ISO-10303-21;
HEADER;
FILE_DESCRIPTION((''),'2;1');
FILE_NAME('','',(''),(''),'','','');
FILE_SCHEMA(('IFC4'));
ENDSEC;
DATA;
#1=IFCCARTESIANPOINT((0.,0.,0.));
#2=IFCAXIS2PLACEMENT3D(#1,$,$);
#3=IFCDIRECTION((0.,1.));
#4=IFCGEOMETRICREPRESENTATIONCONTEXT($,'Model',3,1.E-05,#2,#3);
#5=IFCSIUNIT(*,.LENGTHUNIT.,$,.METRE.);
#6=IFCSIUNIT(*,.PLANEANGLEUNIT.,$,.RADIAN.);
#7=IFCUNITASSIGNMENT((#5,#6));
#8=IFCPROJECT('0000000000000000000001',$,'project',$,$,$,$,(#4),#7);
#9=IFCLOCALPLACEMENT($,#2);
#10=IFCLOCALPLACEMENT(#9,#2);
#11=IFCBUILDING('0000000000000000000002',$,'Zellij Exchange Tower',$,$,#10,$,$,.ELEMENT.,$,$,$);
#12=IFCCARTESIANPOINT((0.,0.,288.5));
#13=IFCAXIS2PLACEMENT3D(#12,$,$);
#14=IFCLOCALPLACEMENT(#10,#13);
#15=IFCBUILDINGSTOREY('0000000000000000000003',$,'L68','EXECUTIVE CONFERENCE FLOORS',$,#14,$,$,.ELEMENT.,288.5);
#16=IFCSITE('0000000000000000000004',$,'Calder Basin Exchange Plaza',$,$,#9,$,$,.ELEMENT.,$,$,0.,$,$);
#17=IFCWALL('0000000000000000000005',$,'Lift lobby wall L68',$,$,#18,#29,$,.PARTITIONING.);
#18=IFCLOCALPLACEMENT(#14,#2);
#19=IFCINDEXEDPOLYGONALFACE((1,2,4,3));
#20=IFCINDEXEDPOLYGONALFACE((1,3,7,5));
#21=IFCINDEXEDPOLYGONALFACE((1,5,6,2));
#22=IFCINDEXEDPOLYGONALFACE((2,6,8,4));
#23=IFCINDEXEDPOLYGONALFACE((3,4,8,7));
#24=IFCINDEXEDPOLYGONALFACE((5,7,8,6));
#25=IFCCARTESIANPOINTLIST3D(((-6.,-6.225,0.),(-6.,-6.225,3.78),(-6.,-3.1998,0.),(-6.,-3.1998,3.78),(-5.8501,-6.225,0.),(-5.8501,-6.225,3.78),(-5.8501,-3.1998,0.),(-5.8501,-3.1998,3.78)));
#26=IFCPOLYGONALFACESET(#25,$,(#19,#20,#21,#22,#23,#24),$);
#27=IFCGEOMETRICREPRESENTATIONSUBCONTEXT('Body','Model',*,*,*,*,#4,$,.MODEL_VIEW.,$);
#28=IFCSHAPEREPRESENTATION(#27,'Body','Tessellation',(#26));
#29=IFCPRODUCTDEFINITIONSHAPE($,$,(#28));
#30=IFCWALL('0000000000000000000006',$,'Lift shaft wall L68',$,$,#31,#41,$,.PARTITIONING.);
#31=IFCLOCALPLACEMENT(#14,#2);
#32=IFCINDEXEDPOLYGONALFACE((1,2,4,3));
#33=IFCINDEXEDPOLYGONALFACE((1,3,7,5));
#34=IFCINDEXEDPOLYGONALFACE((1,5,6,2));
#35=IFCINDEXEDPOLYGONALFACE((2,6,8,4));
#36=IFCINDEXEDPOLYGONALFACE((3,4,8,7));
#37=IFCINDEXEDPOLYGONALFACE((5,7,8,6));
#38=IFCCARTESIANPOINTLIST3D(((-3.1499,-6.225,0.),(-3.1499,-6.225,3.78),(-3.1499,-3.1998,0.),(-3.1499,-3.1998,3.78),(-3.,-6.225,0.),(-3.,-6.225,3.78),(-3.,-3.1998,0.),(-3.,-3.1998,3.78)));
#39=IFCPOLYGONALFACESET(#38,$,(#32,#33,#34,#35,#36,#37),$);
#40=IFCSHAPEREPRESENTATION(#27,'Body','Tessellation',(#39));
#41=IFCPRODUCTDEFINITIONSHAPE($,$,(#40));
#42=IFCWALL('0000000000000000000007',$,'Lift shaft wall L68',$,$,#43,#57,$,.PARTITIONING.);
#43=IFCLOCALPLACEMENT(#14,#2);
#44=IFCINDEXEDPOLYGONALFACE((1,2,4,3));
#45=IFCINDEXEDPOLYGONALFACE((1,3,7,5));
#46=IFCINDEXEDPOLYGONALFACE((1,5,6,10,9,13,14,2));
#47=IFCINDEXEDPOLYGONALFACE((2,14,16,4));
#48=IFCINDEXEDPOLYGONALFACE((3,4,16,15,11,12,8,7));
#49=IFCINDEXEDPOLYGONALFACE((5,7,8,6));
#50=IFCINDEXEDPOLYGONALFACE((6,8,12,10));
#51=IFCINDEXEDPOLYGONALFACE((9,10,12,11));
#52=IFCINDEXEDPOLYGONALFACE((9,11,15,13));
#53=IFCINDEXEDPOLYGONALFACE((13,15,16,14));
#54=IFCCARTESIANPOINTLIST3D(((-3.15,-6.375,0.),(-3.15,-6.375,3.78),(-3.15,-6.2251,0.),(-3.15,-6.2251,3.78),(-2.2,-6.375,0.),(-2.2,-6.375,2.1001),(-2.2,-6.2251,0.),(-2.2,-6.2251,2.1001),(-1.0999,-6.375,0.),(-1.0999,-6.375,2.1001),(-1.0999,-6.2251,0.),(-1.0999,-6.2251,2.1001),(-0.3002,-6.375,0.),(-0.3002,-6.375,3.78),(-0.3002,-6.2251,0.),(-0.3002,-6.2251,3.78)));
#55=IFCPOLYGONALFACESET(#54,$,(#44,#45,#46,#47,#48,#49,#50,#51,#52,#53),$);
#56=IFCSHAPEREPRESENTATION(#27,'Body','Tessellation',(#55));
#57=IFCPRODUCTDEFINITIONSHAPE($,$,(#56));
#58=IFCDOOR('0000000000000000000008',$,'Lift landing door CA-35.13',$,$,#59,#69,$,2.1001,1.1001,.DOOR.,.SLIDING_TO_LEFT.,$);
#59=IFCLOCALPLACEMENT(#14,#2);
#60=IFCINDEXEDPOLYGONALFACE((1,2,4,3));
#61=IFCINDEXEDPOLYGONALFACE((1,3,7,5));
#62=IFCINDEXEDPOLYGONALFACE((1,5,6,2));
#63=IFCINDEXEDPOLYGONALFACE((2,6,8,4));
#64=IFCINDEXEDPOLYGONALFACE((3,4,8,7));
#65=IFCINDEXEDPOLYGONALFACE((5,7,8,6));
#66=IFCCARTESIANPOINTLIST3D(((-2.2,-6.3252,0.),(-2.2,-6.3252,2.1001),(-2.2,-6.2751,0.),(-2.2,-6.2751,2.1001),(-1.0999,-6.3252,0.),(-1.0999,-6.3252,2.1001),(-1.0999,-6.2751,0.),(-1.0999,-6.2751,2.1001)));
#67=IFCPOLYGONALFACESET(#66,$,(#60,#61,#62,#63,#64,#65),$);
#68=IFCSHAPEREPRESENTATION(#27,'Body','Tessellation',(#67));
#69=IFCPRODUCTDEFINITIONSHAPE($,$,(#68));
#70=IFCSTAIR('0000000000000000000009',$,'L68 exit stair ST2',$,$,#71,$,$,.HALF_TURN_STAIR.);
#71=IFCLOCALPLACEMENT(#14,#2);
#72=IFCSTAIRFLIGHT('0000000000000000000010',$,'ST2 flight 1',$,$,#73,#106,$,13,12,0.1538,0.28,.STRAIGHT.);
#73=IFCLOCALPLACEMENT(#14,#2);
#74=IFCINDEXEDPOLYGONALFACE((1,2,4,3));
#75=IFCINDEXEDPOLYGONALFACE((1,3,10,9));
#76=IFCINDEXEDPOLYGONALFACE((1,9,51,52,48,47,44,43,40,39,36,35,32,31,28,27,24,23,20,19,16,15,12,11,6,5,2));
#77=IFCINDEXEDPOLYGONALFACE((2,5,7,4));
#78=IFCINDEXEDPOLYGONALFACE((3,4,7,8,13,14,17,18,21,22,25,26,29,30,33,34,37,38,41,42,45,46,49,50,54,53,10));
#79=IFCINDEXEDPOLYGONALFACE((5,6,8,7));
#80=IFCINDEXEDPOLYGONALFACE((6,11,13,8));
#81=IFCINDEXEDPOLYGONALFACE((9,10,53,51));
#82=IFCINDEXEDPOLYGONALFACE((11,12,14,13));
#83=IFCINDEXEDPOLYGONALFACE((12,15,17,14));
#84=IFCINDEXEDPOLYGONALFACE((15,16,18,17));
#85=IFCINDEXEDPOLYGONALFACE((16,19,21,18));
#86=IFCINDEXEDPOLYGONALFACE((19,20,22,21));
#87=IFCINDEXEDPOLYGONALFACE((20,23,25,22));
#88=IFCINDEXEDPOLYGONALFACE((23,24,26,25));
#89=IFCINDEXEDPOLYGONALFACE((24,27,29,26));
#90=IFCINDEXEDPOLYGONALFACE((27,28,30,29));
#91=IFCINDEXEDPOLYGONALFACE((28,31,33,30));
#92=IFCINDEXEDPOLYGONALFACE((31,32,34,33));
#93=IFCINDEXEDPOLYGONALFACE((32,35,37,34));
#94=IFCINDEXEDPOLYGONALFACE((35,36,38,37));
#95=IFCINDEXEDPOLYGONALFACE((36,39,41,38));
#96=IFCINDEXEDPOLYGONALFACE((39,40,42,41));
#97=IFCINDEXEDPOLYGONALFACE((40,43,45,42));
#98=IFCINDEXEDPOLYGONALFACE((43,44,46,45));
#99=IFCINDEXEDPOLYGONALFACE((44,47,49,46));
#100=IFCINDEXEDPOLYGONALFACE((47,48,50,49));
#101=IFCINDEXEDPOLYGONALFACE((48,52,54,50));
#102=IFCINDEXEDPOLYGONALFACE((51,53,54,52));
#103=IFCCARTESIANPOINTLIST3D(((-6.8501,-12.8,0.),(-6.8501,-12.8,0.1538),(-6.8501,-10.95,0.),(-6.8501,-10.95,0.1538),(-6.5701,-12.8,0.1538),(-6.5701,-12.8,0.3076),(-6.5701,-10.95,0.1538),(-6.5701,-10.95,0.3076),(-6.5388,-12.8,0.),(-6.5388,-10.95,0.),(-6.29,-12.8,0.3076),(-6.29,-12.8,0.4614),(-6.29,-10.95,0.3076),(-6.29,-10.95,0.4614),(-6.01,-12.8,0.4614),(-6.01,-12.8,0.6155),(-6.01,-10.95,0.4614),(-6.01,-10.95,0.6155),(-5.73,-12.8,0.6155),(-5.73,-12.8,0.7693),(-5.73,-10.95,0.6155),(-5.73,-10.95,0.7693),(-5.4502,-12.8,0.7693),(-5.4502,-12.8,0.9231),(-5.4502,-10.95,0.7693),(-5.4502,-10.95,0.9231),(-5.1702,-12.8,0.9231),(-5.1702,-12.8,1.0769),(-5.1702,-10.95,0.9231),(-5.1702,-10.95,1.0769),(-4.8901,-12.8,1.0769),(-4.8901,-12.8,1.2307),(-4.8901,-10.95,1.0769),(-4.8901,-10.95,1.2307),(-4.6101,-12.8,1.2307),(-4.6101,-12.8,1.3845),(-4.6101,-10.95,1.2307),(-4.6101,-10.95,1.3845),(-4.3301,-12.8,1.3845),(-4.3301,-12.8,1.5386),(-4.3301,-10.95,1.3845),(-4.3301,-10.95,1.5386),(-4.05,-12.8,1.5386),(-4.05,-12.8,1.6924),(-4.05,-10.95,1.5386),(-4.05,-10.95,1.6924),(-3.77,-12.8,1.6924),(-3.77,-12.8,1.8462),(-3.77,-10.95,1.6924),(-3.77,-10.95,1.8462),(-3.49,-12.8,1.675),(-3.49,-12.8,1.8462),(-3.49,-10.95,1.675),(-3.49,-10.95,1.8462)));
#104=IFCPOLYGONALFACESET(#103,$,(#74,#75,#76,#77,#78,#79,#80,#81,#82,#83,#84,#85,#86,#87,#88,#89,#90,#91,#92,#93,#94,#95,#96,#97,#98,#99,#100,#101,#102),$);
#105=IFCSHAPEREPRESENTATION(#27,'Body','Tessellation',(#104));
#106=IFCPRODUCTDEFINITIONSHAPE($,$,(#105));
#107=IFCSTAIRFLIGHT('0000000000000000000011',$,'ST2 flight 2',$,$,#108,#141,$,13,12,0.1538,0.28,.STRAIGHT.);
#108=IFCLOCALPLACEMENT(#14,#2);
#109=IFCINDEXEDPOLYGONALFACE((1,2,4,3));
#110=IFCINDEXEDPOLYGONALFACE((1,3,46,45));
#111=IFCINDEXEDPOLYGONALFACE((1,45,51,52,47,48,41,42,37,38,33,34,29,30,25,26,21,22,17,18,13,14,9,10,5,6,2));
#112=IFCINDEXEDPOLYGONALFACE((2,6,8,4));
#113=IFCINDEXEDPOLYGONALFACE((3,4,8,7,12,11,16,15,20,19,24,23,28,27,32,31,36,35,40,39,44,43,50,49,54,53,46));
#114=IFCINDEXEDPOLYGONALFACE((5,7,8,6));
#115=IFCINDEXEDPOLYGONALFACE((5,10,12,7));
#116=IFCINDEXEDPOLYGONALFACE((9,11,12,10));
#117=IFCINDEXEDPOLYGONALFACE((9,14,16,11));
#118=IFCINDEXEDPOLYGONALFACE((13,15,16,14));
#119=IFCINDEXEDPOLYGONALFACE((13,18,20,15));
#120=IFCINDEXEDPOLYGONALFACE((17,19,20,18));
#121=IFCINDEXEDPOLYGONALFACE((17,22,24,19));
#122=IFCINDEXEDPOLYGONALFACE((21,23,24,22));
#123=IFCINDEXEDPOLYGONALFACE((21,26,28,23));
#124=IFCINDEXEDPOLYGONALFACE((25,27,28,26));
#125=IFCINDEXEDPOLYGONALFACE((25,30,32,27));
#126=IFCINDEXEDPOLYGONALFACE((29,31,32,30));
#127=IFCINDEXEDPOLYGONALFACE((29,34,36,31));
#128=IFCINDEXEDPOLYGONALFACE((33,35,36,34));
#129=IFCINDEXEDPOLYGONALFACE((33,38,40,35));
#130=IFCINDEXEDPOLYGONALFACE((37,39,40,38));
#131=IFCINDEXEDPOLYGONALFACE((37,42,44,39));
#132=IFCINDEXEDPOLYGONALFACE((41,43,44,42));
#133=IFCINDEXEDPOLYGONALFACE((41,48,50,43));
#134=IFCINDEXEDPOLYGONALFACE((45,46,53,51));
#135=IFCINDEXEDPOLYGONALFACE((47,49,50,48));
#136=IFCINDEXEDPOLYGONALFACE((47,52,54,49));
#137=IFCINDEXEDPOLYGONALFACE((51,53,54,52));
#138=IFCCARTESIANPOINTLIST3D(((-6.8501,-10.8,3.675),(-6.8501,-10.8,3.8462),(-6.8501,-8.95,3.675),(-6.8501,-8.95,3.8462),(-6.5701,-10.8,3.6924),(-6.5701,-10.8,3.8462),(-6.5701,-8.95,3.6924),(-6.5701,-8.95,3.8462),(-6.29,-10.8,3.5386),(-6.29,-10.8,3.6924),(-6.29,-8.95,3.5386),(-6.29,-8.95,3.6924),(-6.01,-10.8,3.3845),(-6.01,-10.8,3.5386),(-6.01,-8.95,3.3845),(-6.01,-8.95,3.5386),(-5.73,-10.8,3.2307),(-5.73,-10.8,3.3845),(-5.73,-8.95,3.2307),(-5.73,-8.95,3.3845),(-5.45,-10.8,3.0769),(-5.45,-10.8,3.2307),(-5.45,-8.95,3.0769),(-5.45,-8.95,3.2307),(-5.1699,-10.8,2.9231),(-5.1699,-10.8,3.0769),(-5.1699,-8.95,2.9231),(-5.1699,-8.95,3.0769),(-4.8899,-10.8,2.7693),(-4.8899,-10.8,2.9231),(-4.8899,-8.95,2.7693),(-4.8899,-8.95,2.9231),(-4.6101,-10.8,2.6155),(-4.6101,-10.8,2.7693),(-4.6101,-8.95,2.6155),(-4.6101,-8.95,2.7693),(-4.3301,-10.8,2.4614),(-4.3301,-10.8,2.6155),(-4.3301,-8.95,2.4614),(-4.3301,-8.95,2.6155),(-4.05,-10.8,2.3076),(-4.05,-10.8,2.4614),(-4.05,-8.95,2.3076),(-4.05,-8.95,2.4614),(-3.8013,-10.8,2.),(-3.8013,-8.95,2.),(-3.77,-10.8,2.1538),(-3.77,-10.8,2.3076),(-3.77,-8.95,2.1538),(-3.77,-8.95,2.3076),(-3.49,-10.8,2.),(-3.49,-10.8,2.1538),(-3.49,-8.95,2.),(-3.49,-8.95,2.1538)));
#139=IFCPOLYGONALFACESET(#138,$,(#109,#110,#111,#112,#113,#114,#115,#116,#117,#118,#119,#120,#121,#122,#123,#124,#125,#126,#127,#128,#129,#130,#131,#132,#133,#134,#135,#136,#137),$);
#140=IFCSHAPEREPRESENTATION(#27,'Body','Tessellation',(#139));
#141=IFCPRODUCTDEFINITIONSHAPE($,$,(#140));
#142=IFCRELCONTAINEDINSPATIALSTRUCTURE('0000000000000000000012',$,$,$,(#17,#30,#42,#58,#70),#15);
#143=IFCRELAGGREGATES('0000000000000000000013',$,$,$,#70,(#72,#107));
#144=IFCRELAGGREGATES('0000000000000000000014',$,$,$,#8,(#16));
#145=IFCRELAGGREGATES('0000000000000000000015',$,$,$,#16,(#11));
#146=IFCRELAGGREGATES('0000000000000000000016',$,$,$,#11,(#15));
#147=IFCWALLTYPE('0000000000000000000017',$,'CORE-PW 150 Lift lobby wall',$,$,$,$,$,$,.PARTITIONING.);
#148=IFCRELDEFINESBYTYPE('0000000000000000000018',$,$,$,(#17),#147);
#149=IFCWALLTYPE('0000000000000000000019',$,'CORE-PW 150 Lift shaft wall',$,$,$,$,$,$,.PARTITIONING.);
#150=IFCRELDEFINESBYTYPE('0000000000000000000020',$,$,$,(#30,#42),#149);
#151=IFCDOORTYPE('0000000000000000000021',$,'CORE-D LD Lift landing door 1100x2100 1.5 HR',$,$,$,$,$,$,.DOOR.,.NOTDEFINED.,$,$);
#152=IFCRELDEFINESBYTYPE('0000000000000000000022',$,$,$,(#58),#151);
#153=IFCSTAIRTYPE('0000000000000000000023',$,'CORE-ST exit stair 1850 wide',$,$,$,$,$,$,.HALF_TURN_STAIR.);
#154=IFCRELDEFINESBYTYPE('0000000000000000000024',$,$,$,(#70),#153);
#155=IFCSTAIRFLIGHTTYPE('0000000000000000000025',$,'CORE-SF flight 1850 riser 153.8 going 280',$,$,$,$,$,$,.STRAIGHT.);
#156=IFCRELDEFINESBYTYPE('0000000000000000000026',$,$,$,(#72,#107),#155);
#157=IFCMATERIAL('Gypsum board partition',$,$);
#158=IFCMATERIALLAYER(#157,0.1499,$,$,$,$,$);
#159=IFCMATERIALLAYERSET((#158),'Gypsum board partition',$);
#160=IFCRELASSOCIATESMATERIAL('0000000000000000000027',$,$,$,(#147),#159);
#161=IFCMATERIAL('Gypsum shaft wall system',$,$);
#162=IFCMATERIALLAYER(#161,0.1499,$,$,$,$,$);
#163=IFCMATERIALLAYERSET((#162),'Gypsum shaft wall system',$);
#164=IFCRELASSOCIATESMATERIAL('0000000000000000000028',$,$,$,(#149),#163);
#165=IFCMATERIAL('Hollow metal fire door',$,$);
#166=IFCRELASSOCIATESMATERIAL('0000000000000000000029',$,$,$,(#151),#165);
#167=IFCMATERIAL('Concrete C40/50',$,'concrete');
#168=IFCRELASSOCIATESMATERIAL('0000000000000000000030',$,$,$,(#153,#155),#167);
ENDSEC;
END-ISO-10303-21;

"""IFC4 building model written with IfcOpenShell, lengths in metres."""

from ifc_helpers import new_model, si_unit, direction, frame, frame_2d, origin, place, context, subcontext, project, spatial, polyline, rectangle, outline, extrude, material, layer, layer_set, type_object, element, fill, aggregate, save


model = new_model("IFC4")

# Units and contexts
model_context = context("Model", 3, precision=1e-05, world=origin(), true_north=direction((0.0, 1.0)))
body_context = subcontext(model_context, "Body", "Model", "MODEL_VIEW")
ifc_project = project(units=[si_unit("LENGTHUNIT", "METRE"), si_unit("PLANEANGLEUNIT", "RADIAN")], contexts=[model_context])

# Site, building, storey
site_placement = place(None, origin())
site = spatial("IfcSite", under=ifc_project, at=site_placement, Name="Calder Basin Exchange Plaza", CompositionType="ELEMENT", RefElevation=0.0)
building_placement = place(site_placement, origin())
building = spatial("IfcBuilding", under=site, at=building_placement, Name="Zellij Exchange Tower", CompositionType="ELEMENT")
storey_placement = place(building_placement, frame((0.0, 0.0, 288.5)))
storey = spatial("IfcBuildingStorey", under=building, at=storey_placement, Name="L68", Description="EXECUTIVE CONFERENCE FLOORS", CompositionType="ELEMENT", Elevation=288.5)

# Shared definitions
ifc_material_1 = material(Name="Concrete C40/50", Category="concrete")

# Shared definitions
ifc_material_2 = material(Name="Gypsum shaft wall system")
ifc_material_3 = material(Name="Hollow metal fire door")

# Walls
ifc_material_4 = material(Name="Gypsum board partition")
ifc_layer_1 = layer(ifc_material_4, 0.1499)
ifc_layer_set_1 = layer_set([ifc_layer_1], Name="Gypsum board partition")
wall_type_1 = type_object("IfcWallType", Name="CORE-PW 150 Lift lobby wall", PredefinedType="PARTITIONING", material=ifc_layer_set_1)
wall_1_placement = place(storey_placement, frame((-5.925, -6.2251, 0.0), z_axis=(0.0, 0.0, 1.0), x_axis=(0.0, 1.0, 0.0)))
element("IfcWall", 1, at=wall_1_placement, inside=storey, type_object=wall_type_1, Name="Lift lobby wall L68", PredefinedType="PARTITIONING", context=body_context, shape_type="SweptSolid", body=[
    extrude(rectangle(XDim=3.0251, YDim=0.1499, at=frame_2d((1.5127, 0.0))), origin(), (0.0, 0.0, 1.0), 3.78),
])
ifc_layer_2 = layer(ifc_material_2, 0.1499)
ifc_layer_set_2 = layer_set([ifc_layer_2], Name="Gypsum shaft wall system")
wall_type_2 = type_object("IfcWallType", Name="CORE-PW 150 Lift shaft wall", PredefinedType="PARTITIONING", material=ifc_layer_set_2)
wall_2_placement = place(storey_placement, frame((-3.075, -6.2251, 0.0), z_axis=(0.0, 0.0, 1.0), x_axis=(0.0, 1.0, 0.0)))
element("IfcWall", 2, at=wall_2_placement, inside=storey, type_object=wall_type_2, Name="Lift shaft wall L68", PredefinedType="PARTITIONING", context=body_context, shape_type="SweptSolid", body=[
    extrude(rectangle(XDim=3.0251, YDim=0.1499, at=frame_2d((1.5127, 0.0))), origin(), (0.0, 0.0, 1.0), 3.78),
])

# Wall, opening, door
wall_3_placement = place(storey_placement, frame((-3.1499, -6.3, 0.0), z_axis=(0.0, 0.0, 1.0), x_axis=(1.0, 0.0, 0.0)))
wall_3 = element("IfcWall", 3, at=wall_3_placement, inside=storey, type_object=wall_type_2, Name="Lift shaft wall L68", PredefinedType="PARTITIONING", context=body_context, shape_type="SweptSolid", body=[
    extrude(rectangle(XDim=2.8499, YDim=0.1499, at=frame_2d((1.4248, 0.0))), origin(), (0.0, 0.0, 1.0), 3.78),
])
opening_1_placement = place(wall_3_placement, frame((0.95, 0.0, 0.0)))
opening_1 = element("IfcOpeningElement", 4, at=opening_1_placement, cuts=wall_3, PredefinedType="OPENING", context=body_context, shape_type="SweptSolid", body=[
    extrude(rectangle(XDim=1.1001, YDim=2.1001, at=frame_2d((0.55, 1.05))), frame((0.0, 0.0869, 0.0), z_axis=(0.0, -1.0, 0.0), x_axis=(1.0, 0.0, 0.0)), (0.0, 0.0, 1.0), 0.1738),
])
door_type_1 = type_object("IfcDoorType", Name="CORE-D LD Lift landing door 1100x2100 1.5 HR", OperationType="NOTDEFINED", PredefinedType="DOOR", material=ifc_material_3)
door_1_placement = place(opening_1_placement, origin())
door_1 = element("IfcDoor", 5, at=door_1_placement, inside=storey, type_object=door_type_1, Name="Lift landing door CA-35.13", OperationType="SLIDING_TO_LEFT", OverallHeight=2.1001, OverallWidth=1.1001, PredefinedType="DOOR", context=body_context, shape_type="SweptSolid", body=[
    extrude(rectangle(XDim=1.1001, YDim=2.1001, at=frame_2d((0.55, 1.05))), frame((0.0, 0.0249, 0.0), z_axis=(0.0, -1.0, 0.0), x_axis=(1.0, 0.0, 0.0)), (0.0, 0.0, 1.0), 0.05),
])
fill(opening_1, door_1)

# Stair, stair flights
stair_type = type_object("IfcStairType", Name="CORE-ST exit stair 1850 wide", PredefinedType="HALF_TURN_STAIR", material=ifc_material_1)
stair_placement = place(storey_placement, origin())
stair = element("IfcStair", 6, at=stair_placement, inside=storey, type_object=stair_type, Name="L68 exit stair ST2", PredefinedType="HALF_TURN_STAIR")
stair_flight_type = type_object("IfcStairFlightType", Name="CORE-SF flight 1850 riser 153.8 going 280", PredefinedType="STRAIGHT", material=ifc_material_1)
stair_flight_1_placement = place(storey_placement, frame((-6.8501, -11.875, 0.0), z_axis=(0.0, 0.0, 1.0), x_axis=(1.0, 0.0, 0.0)))
stair_flight_1 = element("IfcStairFlight", 7, at=stair_flight_1_placement, type_object=stair_flight_type, Name="ST2 flight 1", NumberOfRisers=13, NumberOfTreads=12, PredefinedType="STRAIGHT", RiserHeight=0.1538, TreadLength=0.28, context=body_context, shape_type="SweptSolid", body=[
    extrude(outline(polyline([(0.0, 0.0), (0.0, 0.1538), (0.28, 0.1538), (0.28, 0.3076), (0.5601, 0.3076), (0.5601, 0.4614), (0.8401, 0.4614), (0.8401, 0.6155), (1.1201, 0.6155), (1.1201, 0.7693), (1.3999, 0.7693), (1.3999, 0.9231), (1.6799, 0.9231), (1.6799, 1.0769), (1.96, 1.0769), (1.96, 1.2307), (2.24, 1.2307), (2.24, 1.3845), (2.52, 1.3845), (2.52, 1.5386), (2.8, 1.5386), (2.8, 1.6924), (3.0801, 1.6924), (3.0801, 1.8462), (3.3601, 1.8462), (3.3601, 2.0), (3.3601, 1.675), (0.3113, 0.0), (0.0, 0.0)])), frame((0.0, 0.925, 0.0), z_axis=(0.0, -1.0, 0.0), x_axis=(1.0, 0.0, 0.0)), (0.0, 0.0, 1.0), 1.8501),
])
stair_flight_2_placement = place(storey_placement, frame((-3.49, -9.875, 2.0), z_axis=(0.0, 0.0, 1.0), x_axis=(-1.0, 0.0, 0.0)))
stair_flight_2 = element("IfcStairFlight", 8, at=stair_flight_2_placement, type_object=stair_flight_type, Name="ST2 flight 2", NumberOfRisers=13, NumberOfTreads=12, PredefinedType="STRAIGHT", RiserHeight=0.1538, TreadLength=0.28, context=body_context, shape_type="SweptSolid", body=[
    extrude(outline(polyline([(0.0, 0.0), (0.0, 0.1538), (0.28, 0.1538), (0.28, 0.3076), (0.5601, 0.3076), (0.5601, 0.4614), (0.8401, 0.4614), (0.8401, 0.6155), (1.1201, 0.6155), (1.1201, 0.7693), (1.3999, 0.7693), (1.3999, 0.9231), (1.6799, 0.9231), (1.6799, 1.0769), (1.96, 1.0769), (1.96, 1.2307), (2.24, 1.2307), (2.24, 1.3845), (2.52, 1.3845), (2.52, 1.5386), (2.8, 1.5386), (2.8, 1.6924), (3.0801, 1.6924), (3.0801, 1.8462), (3.3601, 1.8462), (3.3601, 2.0), (3.3601, 1.675), (0.3113, 0.0), (0.0, 0.0)])), frame((0.0, 0.925, 0.0), z_axis=(0.0, -1.0, 0.0), x_axis=(1.0, 0.0, 0.0)), (0.0, 0.0, 1.0), 1.8501),
])
aggregate(stair, [stair_flight_1, stair_flight_2])

save(model, "model.ifc")
